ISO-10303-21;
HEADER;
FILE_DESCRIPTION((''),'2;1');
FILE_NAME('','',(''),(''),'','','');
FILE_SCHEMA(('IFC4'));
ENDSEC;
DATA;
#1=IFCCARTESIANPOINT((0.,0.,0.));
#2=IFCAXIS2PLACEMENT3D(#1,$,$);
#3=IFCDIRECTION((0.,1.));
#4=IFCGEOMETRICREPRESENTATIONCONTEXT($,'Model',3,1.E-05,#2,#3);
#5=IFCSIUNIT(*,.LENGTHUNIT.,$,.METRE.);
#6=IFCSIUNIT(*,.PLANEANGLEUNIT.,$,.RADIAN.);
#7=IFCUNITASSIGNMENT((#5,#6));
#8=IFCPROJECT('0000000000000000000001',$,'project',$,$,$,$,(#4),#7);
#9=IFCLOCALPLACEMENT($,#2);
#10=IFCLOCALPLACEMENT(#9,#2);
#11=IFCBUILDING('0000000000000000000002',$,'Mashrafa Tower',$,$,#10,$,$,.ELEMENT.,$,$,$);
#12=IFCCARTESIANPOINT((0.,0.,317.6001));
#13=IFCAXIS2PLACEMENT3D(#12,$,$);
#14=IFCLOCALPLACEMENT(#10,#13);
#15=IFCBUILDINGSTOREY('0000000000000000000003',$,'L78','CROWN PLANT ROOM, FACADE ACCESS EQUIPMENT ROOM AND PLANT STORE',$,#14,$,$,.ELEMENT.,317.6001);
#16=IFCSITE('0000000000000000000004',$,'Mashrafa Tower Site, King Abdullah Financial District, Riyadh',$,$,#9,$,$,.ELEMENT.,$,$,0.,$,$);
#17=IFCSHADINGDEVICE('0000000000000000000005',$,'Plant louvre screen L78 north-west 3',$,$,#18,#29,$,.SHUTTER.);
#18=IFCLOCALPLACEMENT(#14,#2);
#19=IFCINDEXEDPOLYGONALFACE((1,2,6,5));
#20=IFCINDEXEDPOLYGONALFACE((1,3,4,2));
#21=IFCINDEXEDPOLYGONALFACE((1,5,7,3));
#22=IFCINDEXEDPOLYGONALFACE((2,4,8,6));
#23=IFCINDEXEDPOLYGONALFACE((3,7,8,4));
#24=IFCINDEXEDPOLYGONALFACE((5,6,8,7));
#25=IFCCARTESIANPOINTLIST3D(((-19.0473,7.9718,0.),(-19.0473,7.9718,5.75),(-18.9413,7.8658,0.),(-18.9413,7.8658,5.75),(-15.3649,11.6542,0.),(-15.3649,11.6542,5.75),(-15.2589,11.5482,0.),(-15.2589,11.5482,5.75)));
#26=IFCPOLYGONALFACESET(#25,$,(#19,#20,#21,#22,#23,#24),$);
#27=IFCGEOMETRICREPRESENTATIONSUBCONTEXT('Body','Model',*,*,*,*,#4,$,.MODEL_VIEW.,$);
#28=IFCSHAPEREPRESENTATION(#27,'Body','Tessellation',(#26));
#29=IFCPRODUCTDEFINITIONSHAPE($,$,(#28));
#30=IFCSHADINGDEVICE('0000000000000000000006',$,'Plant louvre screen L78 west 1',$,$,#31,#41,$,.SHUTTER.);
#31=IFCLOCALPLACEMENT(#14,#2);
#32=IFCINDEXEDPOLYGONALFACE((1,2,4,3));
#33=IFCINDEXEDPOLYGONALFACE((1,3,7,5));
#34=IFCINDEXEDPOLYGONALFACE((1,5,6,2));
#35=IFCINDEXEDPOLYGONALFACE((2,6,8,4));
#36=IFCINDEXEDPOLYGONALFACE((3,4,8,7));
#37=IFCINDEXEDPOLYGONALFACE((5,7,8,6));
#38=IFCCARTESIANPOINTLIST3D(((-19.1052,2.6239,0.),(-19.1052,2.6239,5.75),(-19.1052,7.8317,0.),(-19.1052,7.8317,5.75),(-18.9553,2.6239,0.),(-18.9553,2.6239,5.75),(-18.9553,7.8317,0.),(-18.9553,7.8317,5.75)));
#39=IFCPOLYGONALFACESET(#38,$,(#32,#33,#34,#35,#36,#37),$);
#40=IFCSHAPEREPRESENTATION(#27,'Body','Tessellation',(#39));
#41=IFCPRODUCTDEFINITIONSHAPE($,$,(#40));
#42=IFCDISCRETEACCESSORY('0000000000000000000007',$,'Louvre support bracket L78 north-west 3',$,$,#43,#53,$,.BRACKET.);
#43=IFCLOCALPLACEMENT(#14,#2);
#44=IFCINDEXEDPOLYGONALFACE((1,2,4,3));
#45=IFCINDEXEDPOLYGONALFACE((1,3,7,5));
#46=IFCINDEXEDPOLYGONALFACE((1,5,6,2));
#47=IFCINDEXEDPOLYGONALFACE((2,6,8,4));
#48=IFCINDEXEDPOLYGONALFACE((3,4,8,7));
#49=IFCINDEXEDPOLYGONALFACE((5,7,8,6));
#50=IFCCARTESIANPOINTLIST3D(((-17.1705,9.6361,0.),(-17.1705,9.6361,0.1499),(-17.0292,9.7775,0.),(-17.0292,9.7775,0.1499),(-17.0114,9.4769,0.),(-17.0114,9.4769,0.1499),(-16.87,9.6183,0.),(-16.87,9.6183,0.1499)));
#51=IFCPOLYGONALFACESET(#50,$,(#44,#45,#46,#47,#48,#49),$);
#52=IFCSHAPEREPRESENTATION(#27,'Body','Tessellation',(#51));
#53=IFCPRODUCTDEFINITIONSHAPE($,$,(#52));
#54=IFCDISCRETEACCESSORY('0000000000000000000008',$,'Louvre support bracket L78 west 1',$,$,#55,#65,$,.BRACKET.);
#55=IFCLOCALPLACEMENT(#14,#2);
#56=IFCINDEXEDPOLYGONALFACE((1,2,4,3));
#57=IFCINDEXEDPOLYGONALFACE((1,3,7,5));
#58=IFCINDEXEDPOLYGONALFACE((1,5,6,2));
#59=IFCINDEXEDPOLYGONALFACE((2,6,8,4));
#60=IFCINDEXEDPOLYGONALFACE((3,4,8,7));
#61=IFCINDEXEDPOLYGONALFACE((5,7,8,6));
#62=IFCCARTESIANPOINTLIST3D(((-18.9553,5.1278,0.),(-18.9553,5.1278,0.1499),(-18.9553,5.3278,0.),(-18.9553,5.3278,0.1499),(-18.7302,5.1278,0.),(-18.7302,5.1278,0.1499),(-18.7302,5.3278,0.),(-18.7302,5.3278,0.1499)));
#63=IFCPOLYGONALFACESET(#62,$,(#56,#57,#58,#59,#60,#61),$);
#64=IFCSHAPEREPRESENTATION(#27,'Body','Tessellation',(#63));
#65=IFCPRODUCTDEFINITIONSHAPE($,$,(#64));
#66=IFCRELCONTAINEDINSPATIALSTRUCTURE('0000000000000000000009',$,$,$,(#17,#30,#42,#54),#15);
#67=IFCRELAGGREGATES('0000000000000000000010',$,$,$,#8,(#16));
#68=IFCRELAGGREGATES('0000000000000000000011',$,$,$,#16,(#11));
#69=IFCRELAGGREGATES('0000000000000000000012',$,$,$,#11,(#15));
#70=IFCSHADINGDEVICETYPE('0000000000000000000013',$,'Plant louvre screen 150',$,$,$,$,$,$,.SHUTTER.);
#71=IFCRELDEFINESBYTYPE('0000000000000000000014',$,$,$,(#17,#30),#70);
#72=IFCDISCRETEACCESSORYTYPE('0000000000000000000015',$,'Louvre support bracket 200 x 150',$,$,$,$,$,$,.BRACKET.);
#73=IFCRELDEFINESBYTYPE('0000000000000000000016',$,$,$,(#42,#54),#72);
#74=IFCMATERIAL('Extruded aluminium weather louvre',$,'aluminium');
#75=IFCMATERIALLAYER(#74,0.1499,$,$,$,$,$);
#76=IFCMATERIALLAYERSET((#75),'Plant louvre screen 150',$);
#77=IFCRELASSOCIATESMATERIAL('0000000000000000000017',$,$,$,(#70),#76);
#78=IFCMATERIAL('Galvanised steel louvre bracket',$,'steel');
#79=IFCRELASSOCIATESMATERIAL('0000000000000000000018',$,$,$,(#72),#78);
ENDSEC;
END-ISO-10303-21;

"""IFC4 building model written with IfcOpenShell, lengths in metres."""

from ifc_helpers import new_model, si_unit, direction, frame, origin, origin_2d, place, context, subcontext, project, spatial, rectangle, extrude, source, transform, mapped, material, layer, layer_set, type_object, type_shapes, element, save


model = new_model("IFC4")

# Units and contexts
model_context = context("Model", 3, precision=1e-05, world=origin(), true_north=direction((0.0, 1.0)))
body_context = subcontext(model_context, "Body", "Model", "MODEL_VIEW")
ifc_project = project(units=[si_unit("LENGTHUNIT", "METRE"), si_unit("PLANEANGLEUNIT", "RADIAN")], contexts=[model_context])

# Site, building, storey
site_placement = place(None, origin())
site = spatial("IfcSite", under=ifc_project, at=site_placement, Name="Mashrafa Tower Site, King Abdullah Financial District, Riyadh", CompositionType="ELEMENT", RefElevation=0.0)
building_placement = place(site_placement, origin())
building = spatial("IfcBuilding", under=site, at=building_placement, Name="Mashrafa Tower", CompositionType="ELEMENT")
storey_placement = place(building_placement, frame((0.0, 0.0, 317.6001)))
storey = spatial("IfcBuildingStorey", under=building, at=storey_placement, Name="L78", Description="CROWN PLANT ROOM, FACADE ACCESS EQUIPMENT ROOM AND PLANT STORE", CompositionType="ELEMENT", Elevation=317.6001)

# Shading devices
ifc_material_1 = material(Name="Extruded aluminium weather louvre", Category="aluminium")
ifc_layer_1 = layer(ifc_material_1, 0.1499)
ifc_layer_set_1 = layer_set([ifc_layer_1], Name="Plant louvre screen 150")
shading_device_type = type_object("IfcShadingDeviceType", Name="Plant louvre screen 150", PredefinedType="SHUTTER", material=ifc_layer_set_1)
shared_shape_1 = source(origin(), body_context, "Body", "SweptSolid", [
    extrude(rectangle(XDim=5.2078, YDim=0.1499, at=origin_2d()), origin(), (0.0, 0.0, 1.0), 5.75),
])
type_shapes(shading_device_type, [shared_shape_1])
for number, where, z_axis, x_axis, name in (
    (1, (-17.1531, 9.76, 0.0), (0.0, 0.0, 1.0), (-0.707107, -0.707107, 0.0), "Plant louvre screen L78 north-west 3"),
    (2, (-19.0303, 5.2278, 0.0), (0.0, 0.0, 1.0), (0.0, -1.0, 0.0), "Plant louvre screen L78 west 1"),
):
    element("IfcShadingDevice", number, at=place(storey_placement, frame(where, z_axis=z_axis, x_axis=x_axis)), inside=storey, type_object=shading_device_type, Name=name, PredefinedType="SHUTTER", context=body_context, shape_type="MappedRepresentation", body=[
        mapped(shared_shape_1, transform((0.0, 0.0, 0.0))),
    ])

# Discrete accessories
ifc_material_2 = material(Name="Galvanised steel louvre bracket", Category="steel")
discrete_accessory_type = type_object("IfcDiscreteAccessoryType", Name="Louvre support bracket 200 x 150", PredefinedType="BRACKET", material=ifc_material_2)
shared_shape_2 = source(origin(), body_context, "Body", "SweptSolid", [
    extrude(rectangle(XDim=0.2, YDim=0.2251, at=origin_2d()), origin(), (0.0, 0.0, 1.0), 0.1499),
])
type_shapes(discrete_accessory_type, [shared_shape_2])
for number, where, z_axis, x_axis, name in (
    (3, (-17.0203, 9.6272, 0.0), (0.0, 0.0, 1.0), (-0.707107, -0.707107, 0.0), "Louvre support bracket L78 north-west 3"),
    (4, (-18.8428, 5.2278, 0.0), (0.0, 0.0, 1.0), (0.0, -1.0, 0.0), "Louvre support bracket L78 west 1"),
):
    element("IfcDiscreteAccessory", number, at=place(storey_placement, frame(where, z_axis=z_axis, x_axis=x_axis)), inside=storey, type_object=discrete_accessory_type, Name=name, PredefinedType="BRACKET", context=body_context, shape_type="MappedRepresentation", body=[
        mapped(shared_shape_2, transform((0.0, 0.0, 0.0))),
    ])

save(model, "model.ifc")
